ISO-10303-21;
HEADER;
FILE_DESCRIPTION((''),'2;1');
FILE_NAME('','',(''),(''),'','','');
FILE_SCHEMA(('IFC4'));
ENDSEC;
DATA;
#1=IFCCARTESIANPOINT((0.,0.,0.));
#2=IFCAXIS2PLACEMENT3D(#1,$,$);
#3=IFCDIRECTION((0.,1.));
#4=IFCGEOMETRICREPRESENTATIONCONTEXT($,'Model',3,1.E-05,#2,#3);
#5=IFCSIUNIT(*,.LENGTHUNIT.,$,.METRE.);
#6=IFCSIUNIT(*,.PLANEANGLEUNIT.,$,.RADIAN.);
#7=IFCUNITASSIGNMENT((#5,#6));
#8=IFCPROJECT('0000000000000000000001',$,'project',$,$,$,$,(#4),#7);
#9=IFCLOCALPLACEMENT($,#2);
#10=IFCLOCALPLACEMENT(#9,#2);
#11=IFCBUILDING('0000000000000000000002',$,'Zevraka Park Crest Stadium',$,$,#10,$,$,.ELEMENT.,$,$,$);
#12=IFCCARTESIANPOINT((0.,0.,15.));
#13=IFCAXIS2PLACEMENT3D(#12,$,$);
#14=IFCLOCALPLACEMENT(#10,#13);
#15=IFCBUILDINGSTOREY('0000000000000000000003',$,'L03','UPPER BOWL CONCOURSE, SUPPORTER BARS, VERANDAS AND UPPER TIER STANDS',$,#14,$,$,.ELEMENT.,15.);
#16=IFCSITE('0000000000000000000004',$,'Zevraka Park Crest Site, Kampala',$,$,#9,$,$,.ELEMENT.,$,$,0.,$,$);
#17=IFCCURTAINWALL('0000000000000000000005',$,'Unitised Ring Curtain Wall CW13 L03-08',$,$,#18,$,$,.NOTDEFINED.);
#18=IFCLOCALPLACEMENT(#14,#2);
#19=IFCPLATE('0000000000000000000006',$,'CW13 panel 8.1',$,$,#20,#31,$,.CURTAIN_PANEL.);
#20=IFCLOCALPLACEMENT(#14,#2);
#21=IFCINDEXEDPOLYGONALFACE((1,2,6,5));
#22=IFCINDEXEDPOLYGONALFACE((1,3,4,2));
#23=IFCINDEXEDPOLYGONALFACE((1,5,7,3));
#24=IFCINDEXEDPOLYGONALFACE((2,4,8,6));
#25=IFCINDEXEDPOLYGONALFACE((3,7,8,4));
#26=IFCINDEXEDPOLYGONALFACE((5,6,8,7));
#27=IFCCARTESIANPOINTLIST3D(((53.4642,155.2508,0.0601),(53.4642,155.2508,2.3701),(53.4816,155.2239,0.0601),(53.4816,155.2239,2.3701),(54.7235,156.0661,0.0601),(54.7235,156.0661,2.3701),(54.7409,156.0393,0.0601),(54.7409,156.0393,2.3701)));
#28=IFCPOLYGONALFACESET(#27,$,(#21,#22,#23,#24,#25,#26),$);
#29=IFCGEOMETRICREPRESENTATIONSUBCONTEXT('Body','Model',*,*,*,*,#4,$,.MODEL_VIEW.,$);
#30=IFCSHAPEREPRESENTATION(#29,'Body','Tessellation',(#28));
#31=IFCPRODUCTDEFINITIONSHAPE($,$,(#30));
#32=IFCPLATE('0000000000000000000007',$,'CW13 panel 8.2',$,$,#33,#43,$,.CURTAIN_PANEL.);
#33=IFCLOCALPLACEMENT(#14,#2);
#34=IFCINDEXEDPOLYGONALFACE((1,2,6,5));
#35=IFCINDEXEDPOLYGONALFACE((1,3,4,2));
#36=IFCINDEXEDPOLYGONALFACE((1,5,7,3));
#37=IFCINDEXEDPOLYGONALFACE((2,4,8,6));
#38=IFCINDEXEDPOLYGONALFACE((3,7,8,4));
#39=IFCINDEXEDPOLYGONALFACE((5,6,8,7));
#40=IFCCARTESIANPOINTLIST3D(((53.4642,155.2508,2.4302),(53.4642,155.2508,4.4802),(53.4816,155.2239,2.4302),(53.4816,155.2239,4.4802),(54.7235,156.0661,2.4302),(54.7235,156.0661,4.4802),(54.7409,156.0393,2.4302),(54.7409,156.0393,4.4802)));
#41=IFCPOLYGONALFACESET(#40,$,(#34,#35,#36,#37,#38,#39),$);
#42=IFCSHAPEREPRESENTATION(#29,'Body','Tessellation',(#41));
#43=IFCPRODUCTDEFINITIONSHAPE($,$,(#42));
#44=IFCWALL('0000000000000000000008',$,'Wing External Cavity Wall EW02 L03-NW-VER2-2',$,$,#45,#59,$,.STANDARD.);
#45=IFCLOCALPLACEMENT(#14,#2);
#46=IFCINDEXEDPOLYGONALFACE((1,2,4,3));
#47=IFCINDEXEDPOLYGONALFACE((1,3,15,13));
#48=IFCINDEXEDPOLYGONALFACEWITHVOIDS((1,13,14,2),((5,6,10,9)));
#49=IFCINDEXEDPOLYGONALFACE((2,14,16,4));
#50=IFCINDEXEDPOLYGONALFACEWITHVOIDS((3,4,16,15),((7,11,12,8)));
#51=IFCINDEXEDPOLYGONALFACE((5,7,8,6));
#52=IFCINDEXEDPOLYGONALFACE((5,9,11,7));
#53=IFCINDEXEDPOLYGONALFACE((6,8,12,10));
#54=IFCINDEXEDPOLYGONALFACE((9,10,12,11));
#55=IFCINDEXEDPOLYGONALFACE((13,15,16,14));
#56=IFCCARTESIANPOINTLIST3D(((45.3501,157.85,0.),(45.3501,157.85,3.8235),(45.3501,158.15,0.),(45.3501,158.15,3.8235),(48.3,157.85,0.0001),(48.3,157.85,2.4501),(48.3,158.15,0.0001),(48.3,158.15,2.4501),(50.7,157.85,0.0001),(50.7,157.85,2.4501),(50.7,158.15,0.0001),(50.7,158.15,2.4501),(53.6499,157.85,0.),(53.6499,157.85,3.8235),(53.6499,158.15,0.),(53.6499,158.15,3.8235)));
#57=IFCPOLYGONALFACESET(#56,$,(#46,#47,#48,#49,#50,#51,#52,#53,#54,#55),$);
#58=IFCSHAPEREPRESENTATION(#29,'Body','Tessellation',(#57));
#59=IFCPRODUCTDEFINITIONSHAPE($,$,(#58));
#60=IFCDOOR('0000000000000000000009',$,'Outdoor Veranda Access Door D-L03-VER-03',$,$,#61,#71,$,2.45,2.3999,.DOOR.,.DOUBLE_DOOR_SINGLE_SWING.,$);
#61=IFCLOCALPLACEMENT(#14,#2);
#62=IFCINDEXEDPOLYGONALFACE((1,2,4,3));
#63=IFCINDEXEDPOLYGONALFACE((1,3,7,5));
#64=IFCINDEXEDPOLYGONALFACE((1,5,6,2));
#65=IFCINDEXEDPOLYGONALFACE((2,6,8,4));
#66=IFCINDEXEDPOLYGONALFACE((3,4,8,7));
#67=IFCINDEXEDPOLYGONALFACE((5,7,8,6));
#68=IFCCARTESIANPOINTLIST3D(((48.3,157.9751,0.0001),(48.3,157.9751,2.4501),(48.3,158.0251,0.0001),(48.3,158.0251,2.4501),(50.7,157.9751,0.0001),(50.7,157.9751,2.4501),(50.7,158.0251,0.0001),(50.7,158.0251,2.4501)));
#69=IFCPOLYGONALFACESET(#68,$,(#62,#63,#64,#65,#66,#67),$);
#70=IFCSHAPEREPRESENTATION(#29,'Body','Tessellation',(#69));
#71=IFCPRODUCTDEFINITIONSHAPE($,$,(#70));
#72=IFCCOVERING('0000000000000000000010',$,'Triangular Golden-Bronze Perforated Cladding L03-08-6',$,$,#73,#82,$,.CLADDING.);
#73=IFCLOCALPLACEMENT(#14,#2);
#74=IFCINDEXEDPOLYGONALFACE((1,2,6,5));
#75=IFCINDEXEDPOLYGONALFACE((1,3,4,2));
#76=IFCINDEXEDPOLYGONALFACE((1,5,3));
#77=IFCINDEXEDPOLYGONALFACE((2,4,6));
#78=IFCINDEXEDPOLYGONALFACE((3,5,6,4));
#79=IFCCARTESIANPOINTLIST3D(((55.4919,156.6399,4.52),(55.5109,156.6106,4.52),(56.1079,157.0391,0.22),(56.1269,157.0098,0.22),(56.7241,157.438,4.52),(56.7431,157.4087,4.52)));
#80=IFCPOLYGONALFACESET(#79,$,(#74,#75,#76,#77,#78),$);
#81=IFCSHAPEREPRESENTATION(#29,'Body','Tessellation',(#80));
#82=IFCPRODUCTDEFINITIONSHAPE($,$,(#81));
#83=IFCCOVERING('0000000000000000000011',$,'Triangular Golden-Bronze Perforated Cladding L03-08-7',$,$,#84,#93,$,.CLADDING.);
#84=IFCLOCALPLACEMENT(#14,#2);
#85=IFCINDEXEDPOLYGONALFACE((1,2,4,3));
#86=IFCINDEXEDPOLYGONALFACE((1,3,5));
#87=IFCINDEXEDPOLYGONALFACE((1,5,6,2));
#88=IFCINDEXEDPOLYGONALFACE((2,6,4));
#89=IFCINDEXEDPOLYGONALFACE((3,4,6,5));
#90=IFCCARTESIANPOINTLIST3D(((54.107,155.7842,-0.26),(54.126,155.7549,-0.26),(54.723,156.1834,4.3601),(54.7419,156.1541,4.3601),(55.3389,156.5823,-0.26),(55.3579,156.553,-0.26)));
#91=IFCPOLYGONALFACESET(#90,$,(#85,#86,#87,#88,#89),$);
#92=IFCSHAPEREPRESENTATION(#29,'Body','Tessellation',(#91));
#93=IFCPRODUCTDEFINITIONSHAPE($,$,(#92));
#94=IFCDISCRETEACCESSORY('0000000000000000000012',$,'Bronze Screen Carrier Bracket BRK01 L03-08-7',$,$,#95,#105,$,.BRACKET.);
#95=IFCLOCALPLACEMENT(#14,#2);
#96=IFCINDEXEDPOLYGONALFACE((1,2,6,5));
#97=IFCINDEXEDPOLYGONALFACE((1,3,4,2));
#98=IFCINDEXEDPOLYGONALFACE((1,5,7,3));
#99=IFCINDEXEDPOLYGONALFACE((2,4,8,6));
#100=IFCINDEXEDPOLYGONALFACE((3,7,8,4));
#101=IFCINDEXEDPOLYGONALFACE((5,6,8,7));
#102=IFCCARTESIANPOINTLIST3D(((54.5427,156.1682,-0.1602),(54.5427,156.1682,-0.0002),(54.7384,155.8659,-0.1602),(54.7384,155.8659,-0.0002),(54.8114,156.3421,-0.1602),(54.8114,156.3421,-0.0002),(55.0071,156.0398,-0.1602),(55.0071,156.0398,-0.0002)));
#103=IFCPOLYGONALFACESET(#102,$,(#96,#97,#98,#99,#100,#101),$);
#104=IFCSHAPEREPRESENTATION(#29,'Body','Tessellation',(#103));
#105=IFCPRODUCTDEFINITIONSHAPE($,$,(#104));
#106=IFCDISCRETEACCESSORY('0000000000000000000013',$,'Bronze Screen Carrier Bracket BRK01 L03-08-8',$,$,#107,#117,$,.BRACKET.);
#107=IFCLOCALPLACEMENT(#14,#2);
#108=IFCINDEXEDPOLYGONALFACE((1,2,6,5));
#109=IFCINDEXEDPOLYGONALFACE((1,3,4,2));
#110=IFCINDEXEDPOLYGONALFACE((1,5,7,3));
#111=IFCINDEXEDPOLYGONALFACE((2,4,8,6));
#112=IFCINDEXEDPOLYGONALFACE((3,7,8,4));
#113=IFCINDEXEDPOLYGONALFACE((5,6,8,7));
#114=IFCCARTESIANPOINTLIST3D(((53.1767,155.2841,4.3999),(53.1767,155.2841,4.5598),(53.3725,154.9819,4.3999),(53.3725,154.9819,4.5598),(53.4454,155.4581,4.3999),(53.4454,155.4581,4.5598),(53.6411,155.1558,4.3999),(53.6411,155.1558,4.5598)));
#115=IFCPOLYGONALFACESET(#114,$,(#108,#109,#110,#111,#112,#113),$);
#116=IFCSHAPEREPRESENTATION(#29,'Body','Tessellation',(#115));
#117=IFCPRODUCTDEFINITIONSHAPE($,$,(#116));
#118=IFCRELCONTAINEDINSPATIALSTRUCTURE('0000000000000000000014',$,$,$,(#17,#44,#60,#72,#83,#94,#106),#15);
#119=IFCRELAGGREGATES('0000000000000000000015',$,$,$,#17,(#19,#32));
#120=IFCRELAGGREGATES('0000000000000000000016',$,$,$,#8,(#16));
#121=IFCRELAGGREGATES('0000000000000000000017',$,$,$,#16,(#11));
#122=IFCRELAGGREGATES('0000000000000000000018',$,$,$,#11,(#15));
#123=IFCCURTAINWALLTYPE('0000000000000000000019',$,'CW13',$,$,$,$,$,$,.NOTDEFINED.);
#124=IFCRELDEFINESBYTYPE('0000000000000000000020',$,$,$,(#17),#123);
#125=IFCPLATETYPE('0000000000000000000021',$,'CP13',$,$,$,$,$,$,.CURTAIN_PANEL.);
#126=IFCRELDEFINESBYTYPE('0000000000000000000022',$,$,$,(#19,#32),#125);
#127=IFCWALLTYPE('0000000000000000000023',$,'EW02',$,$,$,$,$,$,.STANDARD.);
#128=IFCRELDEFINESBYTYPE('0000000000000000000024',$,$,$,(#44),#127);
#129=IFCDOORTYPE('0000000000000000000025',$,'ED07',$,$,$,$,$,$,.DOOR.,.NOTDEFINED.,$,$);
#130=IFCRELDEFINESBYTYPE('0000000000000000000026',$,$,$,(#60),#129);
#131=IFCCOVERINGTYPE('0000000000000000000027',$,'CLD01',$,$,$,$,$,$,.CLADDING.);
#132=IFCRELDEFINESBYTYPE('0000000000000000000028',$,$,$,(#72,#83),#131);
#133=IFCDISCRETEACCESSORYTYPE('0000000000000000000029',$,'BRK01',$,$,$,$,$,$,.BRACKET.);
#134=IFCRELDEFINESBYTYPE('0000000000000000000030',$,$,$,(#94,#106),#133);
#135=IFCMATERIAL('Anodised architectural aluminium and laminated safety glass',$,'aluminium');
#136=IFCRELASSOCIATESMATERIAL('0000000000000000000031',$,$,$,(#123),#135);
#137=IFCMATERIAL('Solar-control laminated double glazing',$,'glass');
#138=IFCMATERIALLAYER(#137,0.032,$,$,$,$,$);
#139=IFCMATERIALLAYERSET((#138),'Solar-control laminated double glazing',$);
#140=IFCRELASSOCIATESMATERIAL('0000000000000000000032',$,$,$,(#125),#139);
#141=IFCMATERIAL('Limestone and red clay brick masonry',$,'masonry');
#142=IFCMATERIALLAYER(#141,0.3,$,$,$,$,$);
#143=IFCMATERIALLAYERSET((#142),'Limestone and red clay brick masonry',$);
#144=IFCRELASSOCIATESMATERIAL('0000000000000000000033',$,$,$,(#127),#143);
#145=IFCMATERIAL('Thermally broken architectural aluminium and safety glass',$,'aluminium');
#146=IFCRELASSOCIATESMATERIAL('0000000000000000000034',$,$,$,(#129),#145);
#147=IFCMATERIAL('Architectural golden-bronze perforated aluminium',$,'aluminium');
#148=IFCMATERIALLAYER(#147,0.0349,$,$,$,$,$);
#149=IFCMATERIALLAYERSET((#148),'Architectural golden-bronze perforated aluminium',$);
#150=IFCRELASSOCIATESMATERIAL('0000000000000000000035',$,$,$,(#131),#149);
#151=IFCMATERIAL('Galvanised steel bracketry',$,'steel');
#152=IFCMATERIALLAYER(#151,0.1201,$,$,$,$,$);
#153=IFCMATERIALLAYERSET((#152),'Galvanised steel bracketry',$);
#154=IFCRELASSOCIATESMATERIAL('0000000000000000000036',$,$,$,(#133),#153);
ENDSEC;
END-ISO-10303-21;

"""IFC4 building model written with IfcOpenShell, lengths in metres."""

from ifc_helpers import new_model, si_unit, direction, frame, frame_2d, origin, origin_2d, place, context, subcontext, project, spatial, polyline, rectangle, outline, extrude, material, layer, layer_set, type_object, element, fill, aggregate, save


model = new_model("IFC4")

# Units and contexts
model_context = context("Model", 3, precision=1e-05, world=origin(), true_north=direction((0.0, 1.0)))
body_context = subcontext(model_context, "Body", "Model", "MODEL_VIEW")
ifc_project = project(units=[si_unit("LENGTHUNIT", "METRE"), si_unit("PLANEANGLEUNIT", "RADIAN")], contexts=[model_context])

# Site, building, storey
site_placement = place(None, origin())
site = spatial("IfcSite", under=ifc_project, at=site_placement, Name="Zevraka Park Crest Site, Kampala", CompositionType="ELEMENT", RefElevation=0.0)
building_placement = place(site_placement, origin())
building = spatial("IfcBuilding", under=site, at=building_placement, Name="Zevraka Park Crest Stadium", CompositionType="ELEMENT")
storey_placement = place(building_placement, frame((0.0, 0.0, 15.0)))
storey = spatial("IfcBuildingStorey", under=building, at=storey_placement, Name="L03", Description="UPPER BOWL CONCOURSE, SUPPORTER BARS, VERANDAS AND UPPER TIER STANDS", CompositionType="ELEMENT", Elevation=15.0)

# Curtain wall, plates
ifc_material_1 = material(Name="Anodised architectural aluminium and laminated safety glass", Category="aluminium")
curtain_wall_type = type_object("IfcCurtainWallType", Name="CW13", PredefinedType="NOTDEFINED", material=ifc_material_1)
curtain_wall_placement = place(storey_placement, origin())
curtain_wall = element("IfcCurtainWall", 1, at=curtain_wall_placement, inside=storey, type_object=curtain_wall_type, Name="Unitised Ring Curtain Wall CW13 L03-08", PredefinedType="NOTDEFINED")
ifc_material_2 = material(Name="Solar-control laminated double glazing", Category="glass")
ifc_layer_1 = layer(ifc_material_2, 0.032)
ifc_layer_set_1 = layer_set([ifc_layer_1], Name="Solar-control laminated double glazing")
plate_type = type_object("IfcPlateType", Name="CP13", PredefinedType="CURTAIN_PANEL", material=ifc_layer_set_1)
plate_1_placement = place(storey_placement, frame((54.1025, 155.645, 0.0601), z_axis=(0.0, 0.0, 1.0), x_axis=(-0.839429, -0.543469, 0.0)))
plate_1 = element("IfcPlate", 2, at=plate_1_placement, type_object=plate_type, Name="CW13 panel 8.1", PredefinedType="CURTAIN_PANEL", context=body_context, shape_type="SweptSolid", body=[
    extrude(rectangle(XDim=1.5002, YDim=0.032, at=origin_2d()), origin(), (0.0, 0.0, 1.0), 2.3101),
])
plate_2_placement = place(storey_placement, frame((54.1025, 155.645, 2.4302), z_axis=(0.0, 0.0, 1.0), x_axis=(-0.839429, -0.543469, 0.0)))
plate_2 = element("IfcPlate", 3, at=plate_2_placement, type_object=plate_type, Name="CW13 panel 8.2", PredefinedType="CURTAIN_PANEL", context=body_context, shape_type="SweptSolid", body=[
    extrude(rectangle(XDim=1.5002, YDim=0.032, at=origin_2d()), origin(), (0.0, 0.0, 1.0), 2.05),
])
aggregate(curtain_wall, [plate_1, plate_2])

# Wall, opening, door
ifc_material_3 = material(Name="Limestone and red clay brick masonry", Category="masonry")
ifc_layer_2 = layer(ifc_material_3, 0.3)
ifc_layer_set_2 = layer_set([ifc_layer_2], Name="Limestone and red clay brick masonry")
wall_type = type_object("IfcWallType", Name="EW02", PredefinedType="STANDARD", material=ifc_layer_set_2)
wall_placement = place(storey_placement, frame((53.6499, 158.0, 0.0), z_axis=(0.0, 0.0, 1.0), x_axis=(-1.0, 0.0, 0.0)))
wall = element("IfcWall", 4, at=wall_placement, inside=storey, type_object=wall_type, Name="Wing External Cavity Wall EW02 L03-NW-VER2-2", PredefinedType="STANDARD", context=body_context, shape_type="SweptSolid", body=[
    extrude(rectangle(XDim=8.2998, YDim=0.3, at=frame_2d((4.1499, 0.0))), origin(), (0.0, 0.0, 1.0), 3.8235),
])
opening_placement = place(wall_placement, frame((2.95, 0.0, 0.0)))
opening = element("IfcOpeningElement", 5, at=opening_placement, cuts=wall, PredefinedType="OPENING", context=body_context, shape_type="SweptSolid", body=[
    extrude(rectangle(XDim=2.3999, YDim=2.45, at=frame_2d((1.2, 1.2251))), frame((0.0, 0.1599, 0.0), z_axis=(0.0, -1.0, 0.0), x_axis=(1.0, 0.0, 0.0)), (0.0, 0.0, 1.0), 0.3201),
])
ifc_material_4 = material(Name="Thermally broken architectural aluminium and safety glass", Category="aluminium")
door_type = type_object("IfcDoorType", Name="ED07", OperationType="NOTDEFINED", PredefinedType="DOOR", material=ifc_material_4)
door_placement = place(opening_placement, origin())
door = element("IfcDoor", 6, at=door_placement, inside=storey, type_object=door_type, Name="Outdoor Veranda Access Door D-L03-VER-03", OperationType="DOUBLE_DOOR_SINGLE_SWING", OverallHeight=2.45, OverallWidth=2.3999, PredefinedType="DOOR", context=body_context, shape_type="SweptSolid", body=[
    extrude(rectangle(XDim=2.3999, YDim=2.45, at=frame_2d((1.2, 1.2251))), frame((0.0, 0.0249, 0.0), z_axis=(0.0, -1.0, 0.0), x_axis=(1.0, 0.0, 0.0)), (0.0, 0.0, 1.0), 0.05),
])
fill(opening, door)

# Coverings
ifc_material_5 = material(Name="Architectural golden-bronze perforated aluminium", Category="aluminium")
ifc_layer_3 = layer(ifc_material_5, 0.0349)
ifc_layer_set_3 = layer_set([ifc_layer_3], Name="Architectural golden-bronze perforated aluminium")
covering_type = type_object("IfcCoveringType", Name="CLD01", PredefinedType="CLADDING", material=ifc_layer_set_3)
covering_1_placement = place(storey_placement, frame((55.4919, 156.6399, 4.52), z_axis=(-0.543637, 0.83932, 0.000039), x_axis=(0.83932, 0.543637, 0.0)))
element("IfcCovering", 7, at=covering_1_placement, inside=storey, type_object=covering_type, Name="Triangular Golden-Bronze Perforated Cladding L03-08-6", PredefinedType="CLADDING", context=body_context, shape_type="SweptSolid", body=[
    extrude(outline(polyline([(0.0, 0.0), (1.4681, 0.0), (0.734, 4.3), (0.0, 0.0)])), origin(), (0.0, 0.0, -1.0), 0.0349),
])
covering_2_placement = place(storey_placement, frame((55.3579, 156.553, -0.26), z_axis=(0.543713, -0.839271, 0.000022), x_axis=(-0.839271, -0.543713, 0.0)))
element("IfcCovering", 8, at=covering_2_placement, inside=storey, type_object=covering_type, Name="Triangular Golden-Bronze Perforated Cladding L03-08-7", PredefinedType="CLADDING", context=body_context, shape_type="SweptSolid", body=[
    extrude(outline(polyline([(0.0, 0.0), (1.4679, 0.0), (0.7339, -4.6201), (0.0, 0.0)])), origin(), (0.0, 0.0, -1.0), 0.0349),
])

# Discrete accessories
ifc_material_6 = material(Name="Galvanised steel bracketry", Category="steel")
ifc_layer_4 = layer(ifc_material_6, 0.1201)
ifc_layer_set_4 = layer_set([ifc_layer_4], Name="Galvanised steel bracketry")
discrete_accessory_type = type_object("IfcDiscreteAccessoryType", Name="BRK01", PredefinedType="BRACKET", material=ifc_layer_set_4)
for number, where, z_axis, x_axis, name in (
    (9, (54.7749, 156.104, -0.1602), (0.0, 0.0, 1.0), (-0.83943, -0.543467, 0.0), "Bronze Screen Carrier Bracket BRK01 L03-08-7"),
    (10, (53.4089, 155.22, 4.3999), (0.0, 0.0, 1.0), (-0.83943, -0.543467, 0.0), "Bronze Screen Carrier Bracket BRK01 L03-08-8"),
):
    element("IfcDiscreteAccessory", number, at=place(storey_placement, frame(where, z_axis=z_axis, x_axis=x_axis)), inside=storey, type_object=discrete_accessory_type, Name=name, PredefinedType="BRACKET", context=body_context, shape_type="SweptSolid", body=[
        extrude(rectangle(XDim=0.3201, YDim=0.3601, at=origin_2d()), origin(), (0.0, 0.0, 1.0), 0.1599),
    ])

save(model, "model.ifc")
